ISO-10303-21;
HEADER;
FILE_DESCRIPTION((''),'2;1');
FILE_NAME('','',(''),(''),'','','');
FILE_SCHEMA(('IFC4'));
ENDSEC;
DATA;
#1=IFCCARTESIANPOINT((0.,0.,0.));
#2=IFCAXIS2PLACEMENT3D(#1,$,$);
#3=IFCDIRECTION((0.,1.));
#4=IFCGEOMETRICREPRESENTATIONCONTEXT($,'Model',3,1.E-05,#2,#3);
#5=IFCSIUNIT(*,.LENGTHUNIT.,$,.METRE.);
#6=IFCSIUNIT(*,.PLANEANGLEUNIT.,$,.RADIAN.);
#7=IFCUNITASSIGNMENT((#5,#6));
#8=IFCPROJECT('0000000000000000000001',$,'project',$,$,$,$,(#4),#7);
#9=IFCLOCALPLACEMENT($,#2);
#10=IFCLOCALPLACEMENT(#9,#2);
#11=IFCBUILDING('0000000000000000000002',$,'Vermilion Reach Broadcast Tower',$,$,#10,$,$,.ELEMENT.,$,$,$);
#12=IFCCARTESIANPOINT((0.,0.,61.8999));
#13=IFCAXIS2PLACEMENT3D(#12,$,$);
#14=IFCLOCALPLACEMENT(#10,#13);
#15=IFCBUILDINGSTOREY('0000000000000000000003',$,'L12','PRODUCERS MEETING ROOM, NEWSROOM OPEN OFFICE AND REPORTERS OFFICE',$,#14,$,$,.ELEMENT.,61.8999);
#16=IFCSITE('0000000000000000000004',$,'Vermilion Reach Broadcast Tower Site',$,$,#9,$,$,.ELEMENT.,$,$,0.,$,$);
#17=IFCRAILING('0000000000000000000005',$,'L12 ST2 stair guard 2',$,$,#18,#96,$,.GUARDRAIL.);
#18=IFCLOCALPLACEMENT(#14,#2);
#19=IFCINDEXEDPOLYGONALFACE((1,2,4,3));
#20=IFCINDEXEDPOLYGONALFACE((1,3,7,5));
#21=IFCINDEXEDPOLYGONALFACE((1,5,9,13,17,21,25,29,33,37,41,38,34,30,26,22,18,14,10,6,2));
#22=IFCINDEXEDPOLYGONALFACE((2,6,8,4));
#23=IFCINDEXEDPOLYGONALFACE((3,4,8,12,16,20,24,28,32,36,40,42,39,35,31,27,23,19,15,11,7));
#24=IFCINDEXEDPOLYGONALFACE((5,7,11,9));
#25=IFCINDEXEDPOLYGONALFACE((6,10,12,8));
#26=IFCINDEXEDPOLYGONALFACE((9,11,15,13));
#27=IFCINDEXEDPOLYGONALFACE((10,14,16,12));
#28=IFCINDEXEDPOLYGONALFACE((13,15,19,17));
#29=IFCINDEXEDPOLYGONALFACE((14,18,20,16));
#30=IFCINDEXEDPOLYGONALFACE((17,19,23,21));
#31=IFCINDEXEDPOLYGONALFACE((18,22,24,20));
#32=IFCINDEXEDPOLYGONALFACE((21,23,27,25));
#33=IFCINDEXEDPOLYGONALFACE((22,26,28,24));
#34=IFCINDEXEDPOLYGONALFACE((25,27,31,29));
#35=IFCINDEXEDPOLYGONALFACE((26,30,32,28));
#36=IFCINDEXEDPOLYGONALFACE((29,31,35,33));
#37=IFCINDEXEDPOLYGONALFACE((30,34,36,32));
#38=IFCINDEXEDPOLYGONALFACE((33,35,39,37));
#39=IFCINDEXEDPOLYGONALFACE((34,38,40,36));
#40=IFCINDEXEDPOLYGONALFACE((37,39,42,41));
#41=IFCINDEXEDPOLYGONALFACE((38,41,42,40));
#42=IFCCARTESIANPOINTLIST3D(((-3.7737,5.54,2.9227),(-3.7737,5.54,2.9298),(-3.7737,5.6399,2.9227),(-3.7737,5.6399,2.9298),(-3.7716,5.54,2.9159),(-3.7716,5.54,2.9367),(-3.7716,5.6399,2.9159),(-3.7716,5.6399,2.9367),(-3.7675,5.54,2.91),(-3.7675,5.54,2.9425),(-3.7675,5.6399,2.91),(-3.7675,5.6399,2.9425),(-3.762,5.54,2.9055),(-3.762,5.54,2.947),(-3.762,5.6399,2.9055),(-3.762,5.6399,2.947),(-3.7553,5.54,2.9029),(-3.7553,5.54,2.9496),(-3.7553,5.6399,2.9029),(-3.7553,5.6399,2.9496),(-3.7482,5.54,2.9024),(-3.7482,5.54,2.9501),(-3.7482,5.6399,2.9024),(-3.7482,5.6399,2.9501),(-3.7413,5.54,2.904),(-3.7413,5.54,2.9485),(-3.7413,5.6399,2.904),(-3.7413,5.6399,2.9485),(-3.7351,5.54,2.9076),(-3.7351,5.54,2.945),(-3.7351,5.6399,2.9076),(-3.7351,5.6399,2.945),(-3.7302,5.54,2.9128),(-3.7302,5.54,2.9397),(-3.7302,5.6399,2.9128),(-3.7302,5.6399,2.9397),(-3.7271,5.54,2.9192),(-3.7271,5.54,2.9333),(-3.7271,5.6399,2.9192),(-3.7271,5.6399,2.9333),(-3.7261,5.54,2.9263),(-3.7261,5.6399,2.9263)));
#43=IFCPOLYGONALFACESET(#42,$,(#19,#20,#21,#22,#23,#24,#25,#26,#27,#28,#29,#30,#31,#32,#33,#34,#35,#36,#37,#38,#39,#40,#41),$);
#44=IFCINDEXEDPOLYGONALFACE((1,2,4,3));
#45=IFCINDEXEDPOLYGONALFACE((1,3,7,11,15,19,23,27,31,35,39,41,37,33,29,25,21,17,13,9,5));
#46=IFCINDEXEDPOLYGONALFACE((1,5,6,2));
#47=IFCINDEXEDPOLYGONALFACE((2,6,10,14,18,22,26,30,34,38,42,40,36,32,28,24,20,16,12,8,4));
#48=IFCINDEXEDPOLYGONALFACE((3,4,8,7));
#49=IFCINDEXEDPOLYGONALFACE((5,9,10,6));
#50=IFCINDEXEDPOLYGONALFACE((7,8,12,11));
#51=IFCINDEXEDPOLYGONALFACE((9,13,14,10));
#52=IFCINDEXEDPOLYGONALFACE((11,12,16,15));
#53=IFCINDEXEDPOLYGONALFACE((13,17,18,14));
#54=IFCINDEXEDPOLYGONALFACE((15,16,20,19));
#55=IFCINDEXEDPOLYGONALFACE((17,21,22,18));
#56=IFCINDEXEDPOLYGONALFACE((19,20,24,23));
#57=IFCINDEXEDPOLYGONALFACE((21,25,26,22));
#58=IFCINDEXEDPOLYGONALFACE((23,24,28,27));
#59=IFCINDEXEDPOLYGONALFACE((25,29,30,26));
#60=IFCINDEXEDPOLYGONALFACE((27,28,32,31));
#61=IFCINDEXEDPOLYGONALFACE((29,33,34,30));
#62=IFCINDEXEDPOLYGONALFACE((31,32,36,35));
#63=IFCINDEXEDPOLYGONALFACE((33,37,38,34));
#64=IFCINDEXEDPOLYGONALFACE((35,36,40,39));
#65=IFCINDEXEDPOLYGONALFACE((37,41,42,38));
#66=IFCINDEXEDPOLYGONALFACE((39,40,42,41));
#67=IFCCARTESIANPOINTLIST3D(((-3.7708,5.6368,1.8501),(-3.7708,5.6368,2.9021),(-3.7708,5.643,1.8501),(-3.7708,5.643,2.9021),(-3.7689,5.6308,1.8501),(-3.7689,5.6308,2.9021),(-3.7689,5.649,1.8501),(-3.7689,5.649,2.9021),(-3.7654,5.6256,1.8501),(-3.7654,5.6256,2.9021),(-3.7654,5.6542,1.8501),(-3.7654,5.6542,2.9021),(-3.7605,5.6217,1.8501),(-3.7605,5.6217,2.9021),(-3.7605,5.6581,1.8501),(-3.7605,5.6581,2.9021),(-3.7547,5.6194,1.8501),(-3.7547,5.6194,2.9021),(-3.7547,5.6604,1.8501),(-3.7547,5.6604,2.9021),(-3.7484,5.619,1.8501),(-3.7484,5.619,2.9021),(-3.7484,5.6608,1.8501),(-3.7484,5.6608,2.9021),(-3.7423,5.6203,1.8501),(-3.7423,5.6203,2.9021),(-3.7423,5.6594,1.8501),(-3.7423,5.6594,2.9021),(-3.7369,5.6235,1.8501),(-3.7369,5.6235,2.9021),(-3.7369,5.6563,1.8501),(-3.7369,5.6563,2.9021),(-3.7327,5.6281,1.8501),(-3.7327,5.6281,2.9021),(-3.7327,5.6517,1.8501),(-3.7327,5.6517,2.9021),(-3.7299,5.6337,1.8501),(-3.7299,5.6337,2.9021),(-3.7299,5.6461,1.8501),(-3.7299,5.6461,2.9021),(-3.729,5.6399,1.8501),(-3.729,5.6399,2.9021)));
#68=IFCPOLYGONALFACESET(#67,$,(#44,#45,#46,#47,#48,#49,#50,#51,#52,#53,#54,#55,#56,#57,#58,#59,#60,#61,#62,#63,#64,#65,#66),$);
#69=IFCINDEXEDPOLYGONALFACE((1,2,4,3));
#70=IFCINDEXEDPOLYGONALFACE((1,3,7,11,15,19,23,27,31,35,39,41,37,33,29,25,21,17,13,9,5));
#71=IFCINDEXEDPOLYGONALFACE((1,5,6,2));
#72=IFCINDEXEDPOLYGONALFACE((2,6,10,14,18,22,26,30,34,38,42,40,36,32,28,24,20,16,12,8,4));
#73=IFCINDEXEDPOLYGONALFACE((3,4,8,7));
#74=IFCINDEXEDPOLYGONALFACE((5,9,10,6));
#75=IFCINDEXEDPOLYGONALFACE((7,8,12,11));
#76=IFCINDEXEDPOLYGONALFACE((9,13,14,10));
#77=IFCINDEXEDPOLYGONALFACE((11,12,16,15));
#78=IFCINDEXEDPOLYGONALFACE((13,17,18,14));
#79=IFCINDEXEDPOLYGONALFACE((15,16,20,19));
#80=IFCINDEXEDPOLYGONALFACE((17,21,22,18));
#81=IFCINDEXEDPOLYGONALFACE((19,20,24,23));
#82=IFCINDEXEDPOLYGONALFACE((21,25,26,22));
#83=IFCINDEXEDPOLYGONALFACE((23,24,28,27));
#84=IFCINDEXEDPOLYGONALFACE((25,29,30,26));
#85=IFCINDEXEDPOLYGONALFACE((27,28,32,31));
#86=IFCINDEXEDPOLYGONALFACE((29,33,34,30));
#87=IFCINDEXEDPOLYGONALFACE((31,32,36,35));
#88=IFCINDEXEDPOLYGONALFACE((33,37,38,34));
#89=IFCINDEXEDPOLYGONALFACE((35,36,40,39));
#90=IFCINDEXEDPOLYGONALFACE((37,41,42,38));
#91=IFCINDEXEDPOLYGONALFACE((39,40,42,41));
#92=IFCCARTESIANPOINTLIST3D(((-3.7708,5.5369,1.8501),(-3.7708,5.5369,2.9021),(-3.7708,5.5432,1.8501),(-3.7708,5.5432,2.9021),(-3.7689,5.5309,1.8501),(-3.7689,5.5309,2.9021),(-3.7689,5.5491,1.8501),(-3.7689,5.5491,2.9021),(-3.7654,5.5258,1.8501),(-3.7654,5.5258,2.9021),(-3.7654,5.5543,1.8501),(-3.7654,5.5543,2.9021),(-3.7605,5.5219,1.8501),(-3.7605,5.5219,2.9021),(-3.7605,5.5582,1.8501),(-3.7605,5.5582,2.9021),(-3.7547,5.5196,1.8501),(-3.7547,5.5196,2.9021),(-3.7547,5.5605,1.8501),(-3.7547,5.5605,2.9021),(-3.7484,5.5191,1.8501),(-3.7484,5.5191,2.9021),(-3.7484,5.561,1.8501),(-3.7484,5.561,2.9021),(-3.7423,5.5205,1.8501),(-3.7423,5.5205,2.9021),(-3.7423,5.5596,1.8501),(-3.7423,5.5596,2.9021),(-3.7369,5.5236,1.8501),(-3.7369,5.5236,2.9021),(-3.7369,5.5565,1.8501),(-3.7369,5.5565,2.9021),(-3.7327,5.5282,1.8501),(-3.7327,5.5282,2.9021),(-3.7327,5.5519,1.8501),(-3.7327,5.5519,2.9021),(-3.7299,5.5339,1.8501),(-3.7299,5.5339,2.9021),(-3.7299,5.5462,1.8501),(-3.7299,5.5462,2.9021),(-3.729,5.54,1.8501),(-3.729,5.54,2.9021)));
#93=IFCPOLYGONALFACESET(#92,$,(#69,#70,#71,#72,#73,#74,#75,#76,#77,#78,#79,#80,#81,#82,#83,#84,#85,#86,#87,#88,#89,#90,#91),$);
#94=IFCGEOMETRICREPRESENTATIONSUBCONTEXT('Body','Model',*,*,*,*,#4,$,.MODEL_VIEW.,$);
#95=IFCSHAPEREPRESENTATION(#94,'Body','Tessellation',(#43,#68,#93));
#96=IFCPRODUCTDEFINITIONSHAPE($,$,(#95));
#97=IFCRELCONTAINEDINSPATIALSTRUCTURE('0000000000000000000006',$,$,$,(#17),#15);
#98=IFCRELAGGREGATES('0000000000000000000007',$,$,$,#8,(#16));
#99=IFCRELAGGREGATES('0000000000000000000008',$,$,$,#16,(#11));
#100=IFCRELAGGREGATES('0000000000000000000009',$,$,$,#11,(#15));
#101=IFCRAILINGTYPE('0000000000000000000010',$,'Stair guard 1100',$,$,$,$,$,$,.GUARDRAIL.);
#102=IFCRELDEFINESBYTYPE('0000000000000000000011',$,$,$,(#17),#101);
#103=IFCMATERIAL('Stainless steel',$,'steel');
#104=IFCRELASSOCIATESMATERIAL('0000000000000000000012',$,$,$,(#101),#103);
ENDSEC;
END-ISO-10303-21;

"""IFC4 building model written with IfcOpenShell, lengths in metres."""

from ifc_helpers import new_model, si_unit, direction, frame, origin, origin_2d, place, context, subcontext, project, spatial, circle, extrude, material, type_object, element, save


model = new_model("IFC4")

# Units and contexts
model_context = context("Model", 3, precision=1e-05, world=origin(), true_north=direction((0.0, 1.0)))
body_context = subcontext(model_context, "Body", "Model", "MODEL_VIEW")
ifc_project = project(units=[si_unit("LENGTHUNIT", "METRE"), si_unit("PLANEANGLEUNIT", "RADIAN")], contexts=[model_context])

# Site, building, storey
site_placement = place(None, origin())
site = spatial("IfcSite", under=ifc_project, at=site_placement, Name="Vermilion Reach Broadcast Tower Site", CompositionType="ELEMENT", RefElevation=0.0)
building_placement = place(site_placement, origin())
building = spatial("IfcBuilding", under=site, at=building_placement, Name="Vermilion Reach Broadcast Tower", CompositionType="ELEMENT")
storey_placement = place(building_placement, frame((0.0, 0.0, 61.8999)))
storey = spatial("IfcBuildingStorey", under=building, at=storey_placement, Name="L12", Description="PRODUCERS MEETING ROOM, NEWSROOM OPEN OFFICE AND REPORTERS OFFICE", CompositionType="ELEMENT", Elevation=61.8999)

# Railing
ifc_material_1 = material(Name="Stainless steel", Category="steel")
railing_type_1 = type_object("IfcRailingType", Name="Stair guard 1100", PredefinedType="GUARDRAIL", material=ifc_material_1)
railing_1_placement = place(storey_placement, frame((-3.75, 5.6399, 1.8501)))
element("IfcRailing", 1, at=railing_1_placement, inside=storey, type_object=railing_type_1, Name="L12 ST2 stair guard 2", PredefinedType="GUARDRAIL", context=body_context, shape_type="SweptSolid", body=[
    extrude(circle(Radius=0.0239, at=origin_2d()), frame((0.0, 0.0, 1.0762), z_axis=(0.0, -1.0, 0.0), x_axis=(1.0, 0.0, 0.0)), (0.0, 0.0, 1.0), 0.0999),
    extrude(circle(Radius=0.021, at=origin_2d()), origin(), (0.0, 0.0, 1.0), 1.052),
    extrude(circle(Radius=0.021, at=origin_2d()), frame((0.0, -0.0999, 0.0)), (0.0, 0.0, 1.0), 1.052),
])

save(model, "model.ifc")
